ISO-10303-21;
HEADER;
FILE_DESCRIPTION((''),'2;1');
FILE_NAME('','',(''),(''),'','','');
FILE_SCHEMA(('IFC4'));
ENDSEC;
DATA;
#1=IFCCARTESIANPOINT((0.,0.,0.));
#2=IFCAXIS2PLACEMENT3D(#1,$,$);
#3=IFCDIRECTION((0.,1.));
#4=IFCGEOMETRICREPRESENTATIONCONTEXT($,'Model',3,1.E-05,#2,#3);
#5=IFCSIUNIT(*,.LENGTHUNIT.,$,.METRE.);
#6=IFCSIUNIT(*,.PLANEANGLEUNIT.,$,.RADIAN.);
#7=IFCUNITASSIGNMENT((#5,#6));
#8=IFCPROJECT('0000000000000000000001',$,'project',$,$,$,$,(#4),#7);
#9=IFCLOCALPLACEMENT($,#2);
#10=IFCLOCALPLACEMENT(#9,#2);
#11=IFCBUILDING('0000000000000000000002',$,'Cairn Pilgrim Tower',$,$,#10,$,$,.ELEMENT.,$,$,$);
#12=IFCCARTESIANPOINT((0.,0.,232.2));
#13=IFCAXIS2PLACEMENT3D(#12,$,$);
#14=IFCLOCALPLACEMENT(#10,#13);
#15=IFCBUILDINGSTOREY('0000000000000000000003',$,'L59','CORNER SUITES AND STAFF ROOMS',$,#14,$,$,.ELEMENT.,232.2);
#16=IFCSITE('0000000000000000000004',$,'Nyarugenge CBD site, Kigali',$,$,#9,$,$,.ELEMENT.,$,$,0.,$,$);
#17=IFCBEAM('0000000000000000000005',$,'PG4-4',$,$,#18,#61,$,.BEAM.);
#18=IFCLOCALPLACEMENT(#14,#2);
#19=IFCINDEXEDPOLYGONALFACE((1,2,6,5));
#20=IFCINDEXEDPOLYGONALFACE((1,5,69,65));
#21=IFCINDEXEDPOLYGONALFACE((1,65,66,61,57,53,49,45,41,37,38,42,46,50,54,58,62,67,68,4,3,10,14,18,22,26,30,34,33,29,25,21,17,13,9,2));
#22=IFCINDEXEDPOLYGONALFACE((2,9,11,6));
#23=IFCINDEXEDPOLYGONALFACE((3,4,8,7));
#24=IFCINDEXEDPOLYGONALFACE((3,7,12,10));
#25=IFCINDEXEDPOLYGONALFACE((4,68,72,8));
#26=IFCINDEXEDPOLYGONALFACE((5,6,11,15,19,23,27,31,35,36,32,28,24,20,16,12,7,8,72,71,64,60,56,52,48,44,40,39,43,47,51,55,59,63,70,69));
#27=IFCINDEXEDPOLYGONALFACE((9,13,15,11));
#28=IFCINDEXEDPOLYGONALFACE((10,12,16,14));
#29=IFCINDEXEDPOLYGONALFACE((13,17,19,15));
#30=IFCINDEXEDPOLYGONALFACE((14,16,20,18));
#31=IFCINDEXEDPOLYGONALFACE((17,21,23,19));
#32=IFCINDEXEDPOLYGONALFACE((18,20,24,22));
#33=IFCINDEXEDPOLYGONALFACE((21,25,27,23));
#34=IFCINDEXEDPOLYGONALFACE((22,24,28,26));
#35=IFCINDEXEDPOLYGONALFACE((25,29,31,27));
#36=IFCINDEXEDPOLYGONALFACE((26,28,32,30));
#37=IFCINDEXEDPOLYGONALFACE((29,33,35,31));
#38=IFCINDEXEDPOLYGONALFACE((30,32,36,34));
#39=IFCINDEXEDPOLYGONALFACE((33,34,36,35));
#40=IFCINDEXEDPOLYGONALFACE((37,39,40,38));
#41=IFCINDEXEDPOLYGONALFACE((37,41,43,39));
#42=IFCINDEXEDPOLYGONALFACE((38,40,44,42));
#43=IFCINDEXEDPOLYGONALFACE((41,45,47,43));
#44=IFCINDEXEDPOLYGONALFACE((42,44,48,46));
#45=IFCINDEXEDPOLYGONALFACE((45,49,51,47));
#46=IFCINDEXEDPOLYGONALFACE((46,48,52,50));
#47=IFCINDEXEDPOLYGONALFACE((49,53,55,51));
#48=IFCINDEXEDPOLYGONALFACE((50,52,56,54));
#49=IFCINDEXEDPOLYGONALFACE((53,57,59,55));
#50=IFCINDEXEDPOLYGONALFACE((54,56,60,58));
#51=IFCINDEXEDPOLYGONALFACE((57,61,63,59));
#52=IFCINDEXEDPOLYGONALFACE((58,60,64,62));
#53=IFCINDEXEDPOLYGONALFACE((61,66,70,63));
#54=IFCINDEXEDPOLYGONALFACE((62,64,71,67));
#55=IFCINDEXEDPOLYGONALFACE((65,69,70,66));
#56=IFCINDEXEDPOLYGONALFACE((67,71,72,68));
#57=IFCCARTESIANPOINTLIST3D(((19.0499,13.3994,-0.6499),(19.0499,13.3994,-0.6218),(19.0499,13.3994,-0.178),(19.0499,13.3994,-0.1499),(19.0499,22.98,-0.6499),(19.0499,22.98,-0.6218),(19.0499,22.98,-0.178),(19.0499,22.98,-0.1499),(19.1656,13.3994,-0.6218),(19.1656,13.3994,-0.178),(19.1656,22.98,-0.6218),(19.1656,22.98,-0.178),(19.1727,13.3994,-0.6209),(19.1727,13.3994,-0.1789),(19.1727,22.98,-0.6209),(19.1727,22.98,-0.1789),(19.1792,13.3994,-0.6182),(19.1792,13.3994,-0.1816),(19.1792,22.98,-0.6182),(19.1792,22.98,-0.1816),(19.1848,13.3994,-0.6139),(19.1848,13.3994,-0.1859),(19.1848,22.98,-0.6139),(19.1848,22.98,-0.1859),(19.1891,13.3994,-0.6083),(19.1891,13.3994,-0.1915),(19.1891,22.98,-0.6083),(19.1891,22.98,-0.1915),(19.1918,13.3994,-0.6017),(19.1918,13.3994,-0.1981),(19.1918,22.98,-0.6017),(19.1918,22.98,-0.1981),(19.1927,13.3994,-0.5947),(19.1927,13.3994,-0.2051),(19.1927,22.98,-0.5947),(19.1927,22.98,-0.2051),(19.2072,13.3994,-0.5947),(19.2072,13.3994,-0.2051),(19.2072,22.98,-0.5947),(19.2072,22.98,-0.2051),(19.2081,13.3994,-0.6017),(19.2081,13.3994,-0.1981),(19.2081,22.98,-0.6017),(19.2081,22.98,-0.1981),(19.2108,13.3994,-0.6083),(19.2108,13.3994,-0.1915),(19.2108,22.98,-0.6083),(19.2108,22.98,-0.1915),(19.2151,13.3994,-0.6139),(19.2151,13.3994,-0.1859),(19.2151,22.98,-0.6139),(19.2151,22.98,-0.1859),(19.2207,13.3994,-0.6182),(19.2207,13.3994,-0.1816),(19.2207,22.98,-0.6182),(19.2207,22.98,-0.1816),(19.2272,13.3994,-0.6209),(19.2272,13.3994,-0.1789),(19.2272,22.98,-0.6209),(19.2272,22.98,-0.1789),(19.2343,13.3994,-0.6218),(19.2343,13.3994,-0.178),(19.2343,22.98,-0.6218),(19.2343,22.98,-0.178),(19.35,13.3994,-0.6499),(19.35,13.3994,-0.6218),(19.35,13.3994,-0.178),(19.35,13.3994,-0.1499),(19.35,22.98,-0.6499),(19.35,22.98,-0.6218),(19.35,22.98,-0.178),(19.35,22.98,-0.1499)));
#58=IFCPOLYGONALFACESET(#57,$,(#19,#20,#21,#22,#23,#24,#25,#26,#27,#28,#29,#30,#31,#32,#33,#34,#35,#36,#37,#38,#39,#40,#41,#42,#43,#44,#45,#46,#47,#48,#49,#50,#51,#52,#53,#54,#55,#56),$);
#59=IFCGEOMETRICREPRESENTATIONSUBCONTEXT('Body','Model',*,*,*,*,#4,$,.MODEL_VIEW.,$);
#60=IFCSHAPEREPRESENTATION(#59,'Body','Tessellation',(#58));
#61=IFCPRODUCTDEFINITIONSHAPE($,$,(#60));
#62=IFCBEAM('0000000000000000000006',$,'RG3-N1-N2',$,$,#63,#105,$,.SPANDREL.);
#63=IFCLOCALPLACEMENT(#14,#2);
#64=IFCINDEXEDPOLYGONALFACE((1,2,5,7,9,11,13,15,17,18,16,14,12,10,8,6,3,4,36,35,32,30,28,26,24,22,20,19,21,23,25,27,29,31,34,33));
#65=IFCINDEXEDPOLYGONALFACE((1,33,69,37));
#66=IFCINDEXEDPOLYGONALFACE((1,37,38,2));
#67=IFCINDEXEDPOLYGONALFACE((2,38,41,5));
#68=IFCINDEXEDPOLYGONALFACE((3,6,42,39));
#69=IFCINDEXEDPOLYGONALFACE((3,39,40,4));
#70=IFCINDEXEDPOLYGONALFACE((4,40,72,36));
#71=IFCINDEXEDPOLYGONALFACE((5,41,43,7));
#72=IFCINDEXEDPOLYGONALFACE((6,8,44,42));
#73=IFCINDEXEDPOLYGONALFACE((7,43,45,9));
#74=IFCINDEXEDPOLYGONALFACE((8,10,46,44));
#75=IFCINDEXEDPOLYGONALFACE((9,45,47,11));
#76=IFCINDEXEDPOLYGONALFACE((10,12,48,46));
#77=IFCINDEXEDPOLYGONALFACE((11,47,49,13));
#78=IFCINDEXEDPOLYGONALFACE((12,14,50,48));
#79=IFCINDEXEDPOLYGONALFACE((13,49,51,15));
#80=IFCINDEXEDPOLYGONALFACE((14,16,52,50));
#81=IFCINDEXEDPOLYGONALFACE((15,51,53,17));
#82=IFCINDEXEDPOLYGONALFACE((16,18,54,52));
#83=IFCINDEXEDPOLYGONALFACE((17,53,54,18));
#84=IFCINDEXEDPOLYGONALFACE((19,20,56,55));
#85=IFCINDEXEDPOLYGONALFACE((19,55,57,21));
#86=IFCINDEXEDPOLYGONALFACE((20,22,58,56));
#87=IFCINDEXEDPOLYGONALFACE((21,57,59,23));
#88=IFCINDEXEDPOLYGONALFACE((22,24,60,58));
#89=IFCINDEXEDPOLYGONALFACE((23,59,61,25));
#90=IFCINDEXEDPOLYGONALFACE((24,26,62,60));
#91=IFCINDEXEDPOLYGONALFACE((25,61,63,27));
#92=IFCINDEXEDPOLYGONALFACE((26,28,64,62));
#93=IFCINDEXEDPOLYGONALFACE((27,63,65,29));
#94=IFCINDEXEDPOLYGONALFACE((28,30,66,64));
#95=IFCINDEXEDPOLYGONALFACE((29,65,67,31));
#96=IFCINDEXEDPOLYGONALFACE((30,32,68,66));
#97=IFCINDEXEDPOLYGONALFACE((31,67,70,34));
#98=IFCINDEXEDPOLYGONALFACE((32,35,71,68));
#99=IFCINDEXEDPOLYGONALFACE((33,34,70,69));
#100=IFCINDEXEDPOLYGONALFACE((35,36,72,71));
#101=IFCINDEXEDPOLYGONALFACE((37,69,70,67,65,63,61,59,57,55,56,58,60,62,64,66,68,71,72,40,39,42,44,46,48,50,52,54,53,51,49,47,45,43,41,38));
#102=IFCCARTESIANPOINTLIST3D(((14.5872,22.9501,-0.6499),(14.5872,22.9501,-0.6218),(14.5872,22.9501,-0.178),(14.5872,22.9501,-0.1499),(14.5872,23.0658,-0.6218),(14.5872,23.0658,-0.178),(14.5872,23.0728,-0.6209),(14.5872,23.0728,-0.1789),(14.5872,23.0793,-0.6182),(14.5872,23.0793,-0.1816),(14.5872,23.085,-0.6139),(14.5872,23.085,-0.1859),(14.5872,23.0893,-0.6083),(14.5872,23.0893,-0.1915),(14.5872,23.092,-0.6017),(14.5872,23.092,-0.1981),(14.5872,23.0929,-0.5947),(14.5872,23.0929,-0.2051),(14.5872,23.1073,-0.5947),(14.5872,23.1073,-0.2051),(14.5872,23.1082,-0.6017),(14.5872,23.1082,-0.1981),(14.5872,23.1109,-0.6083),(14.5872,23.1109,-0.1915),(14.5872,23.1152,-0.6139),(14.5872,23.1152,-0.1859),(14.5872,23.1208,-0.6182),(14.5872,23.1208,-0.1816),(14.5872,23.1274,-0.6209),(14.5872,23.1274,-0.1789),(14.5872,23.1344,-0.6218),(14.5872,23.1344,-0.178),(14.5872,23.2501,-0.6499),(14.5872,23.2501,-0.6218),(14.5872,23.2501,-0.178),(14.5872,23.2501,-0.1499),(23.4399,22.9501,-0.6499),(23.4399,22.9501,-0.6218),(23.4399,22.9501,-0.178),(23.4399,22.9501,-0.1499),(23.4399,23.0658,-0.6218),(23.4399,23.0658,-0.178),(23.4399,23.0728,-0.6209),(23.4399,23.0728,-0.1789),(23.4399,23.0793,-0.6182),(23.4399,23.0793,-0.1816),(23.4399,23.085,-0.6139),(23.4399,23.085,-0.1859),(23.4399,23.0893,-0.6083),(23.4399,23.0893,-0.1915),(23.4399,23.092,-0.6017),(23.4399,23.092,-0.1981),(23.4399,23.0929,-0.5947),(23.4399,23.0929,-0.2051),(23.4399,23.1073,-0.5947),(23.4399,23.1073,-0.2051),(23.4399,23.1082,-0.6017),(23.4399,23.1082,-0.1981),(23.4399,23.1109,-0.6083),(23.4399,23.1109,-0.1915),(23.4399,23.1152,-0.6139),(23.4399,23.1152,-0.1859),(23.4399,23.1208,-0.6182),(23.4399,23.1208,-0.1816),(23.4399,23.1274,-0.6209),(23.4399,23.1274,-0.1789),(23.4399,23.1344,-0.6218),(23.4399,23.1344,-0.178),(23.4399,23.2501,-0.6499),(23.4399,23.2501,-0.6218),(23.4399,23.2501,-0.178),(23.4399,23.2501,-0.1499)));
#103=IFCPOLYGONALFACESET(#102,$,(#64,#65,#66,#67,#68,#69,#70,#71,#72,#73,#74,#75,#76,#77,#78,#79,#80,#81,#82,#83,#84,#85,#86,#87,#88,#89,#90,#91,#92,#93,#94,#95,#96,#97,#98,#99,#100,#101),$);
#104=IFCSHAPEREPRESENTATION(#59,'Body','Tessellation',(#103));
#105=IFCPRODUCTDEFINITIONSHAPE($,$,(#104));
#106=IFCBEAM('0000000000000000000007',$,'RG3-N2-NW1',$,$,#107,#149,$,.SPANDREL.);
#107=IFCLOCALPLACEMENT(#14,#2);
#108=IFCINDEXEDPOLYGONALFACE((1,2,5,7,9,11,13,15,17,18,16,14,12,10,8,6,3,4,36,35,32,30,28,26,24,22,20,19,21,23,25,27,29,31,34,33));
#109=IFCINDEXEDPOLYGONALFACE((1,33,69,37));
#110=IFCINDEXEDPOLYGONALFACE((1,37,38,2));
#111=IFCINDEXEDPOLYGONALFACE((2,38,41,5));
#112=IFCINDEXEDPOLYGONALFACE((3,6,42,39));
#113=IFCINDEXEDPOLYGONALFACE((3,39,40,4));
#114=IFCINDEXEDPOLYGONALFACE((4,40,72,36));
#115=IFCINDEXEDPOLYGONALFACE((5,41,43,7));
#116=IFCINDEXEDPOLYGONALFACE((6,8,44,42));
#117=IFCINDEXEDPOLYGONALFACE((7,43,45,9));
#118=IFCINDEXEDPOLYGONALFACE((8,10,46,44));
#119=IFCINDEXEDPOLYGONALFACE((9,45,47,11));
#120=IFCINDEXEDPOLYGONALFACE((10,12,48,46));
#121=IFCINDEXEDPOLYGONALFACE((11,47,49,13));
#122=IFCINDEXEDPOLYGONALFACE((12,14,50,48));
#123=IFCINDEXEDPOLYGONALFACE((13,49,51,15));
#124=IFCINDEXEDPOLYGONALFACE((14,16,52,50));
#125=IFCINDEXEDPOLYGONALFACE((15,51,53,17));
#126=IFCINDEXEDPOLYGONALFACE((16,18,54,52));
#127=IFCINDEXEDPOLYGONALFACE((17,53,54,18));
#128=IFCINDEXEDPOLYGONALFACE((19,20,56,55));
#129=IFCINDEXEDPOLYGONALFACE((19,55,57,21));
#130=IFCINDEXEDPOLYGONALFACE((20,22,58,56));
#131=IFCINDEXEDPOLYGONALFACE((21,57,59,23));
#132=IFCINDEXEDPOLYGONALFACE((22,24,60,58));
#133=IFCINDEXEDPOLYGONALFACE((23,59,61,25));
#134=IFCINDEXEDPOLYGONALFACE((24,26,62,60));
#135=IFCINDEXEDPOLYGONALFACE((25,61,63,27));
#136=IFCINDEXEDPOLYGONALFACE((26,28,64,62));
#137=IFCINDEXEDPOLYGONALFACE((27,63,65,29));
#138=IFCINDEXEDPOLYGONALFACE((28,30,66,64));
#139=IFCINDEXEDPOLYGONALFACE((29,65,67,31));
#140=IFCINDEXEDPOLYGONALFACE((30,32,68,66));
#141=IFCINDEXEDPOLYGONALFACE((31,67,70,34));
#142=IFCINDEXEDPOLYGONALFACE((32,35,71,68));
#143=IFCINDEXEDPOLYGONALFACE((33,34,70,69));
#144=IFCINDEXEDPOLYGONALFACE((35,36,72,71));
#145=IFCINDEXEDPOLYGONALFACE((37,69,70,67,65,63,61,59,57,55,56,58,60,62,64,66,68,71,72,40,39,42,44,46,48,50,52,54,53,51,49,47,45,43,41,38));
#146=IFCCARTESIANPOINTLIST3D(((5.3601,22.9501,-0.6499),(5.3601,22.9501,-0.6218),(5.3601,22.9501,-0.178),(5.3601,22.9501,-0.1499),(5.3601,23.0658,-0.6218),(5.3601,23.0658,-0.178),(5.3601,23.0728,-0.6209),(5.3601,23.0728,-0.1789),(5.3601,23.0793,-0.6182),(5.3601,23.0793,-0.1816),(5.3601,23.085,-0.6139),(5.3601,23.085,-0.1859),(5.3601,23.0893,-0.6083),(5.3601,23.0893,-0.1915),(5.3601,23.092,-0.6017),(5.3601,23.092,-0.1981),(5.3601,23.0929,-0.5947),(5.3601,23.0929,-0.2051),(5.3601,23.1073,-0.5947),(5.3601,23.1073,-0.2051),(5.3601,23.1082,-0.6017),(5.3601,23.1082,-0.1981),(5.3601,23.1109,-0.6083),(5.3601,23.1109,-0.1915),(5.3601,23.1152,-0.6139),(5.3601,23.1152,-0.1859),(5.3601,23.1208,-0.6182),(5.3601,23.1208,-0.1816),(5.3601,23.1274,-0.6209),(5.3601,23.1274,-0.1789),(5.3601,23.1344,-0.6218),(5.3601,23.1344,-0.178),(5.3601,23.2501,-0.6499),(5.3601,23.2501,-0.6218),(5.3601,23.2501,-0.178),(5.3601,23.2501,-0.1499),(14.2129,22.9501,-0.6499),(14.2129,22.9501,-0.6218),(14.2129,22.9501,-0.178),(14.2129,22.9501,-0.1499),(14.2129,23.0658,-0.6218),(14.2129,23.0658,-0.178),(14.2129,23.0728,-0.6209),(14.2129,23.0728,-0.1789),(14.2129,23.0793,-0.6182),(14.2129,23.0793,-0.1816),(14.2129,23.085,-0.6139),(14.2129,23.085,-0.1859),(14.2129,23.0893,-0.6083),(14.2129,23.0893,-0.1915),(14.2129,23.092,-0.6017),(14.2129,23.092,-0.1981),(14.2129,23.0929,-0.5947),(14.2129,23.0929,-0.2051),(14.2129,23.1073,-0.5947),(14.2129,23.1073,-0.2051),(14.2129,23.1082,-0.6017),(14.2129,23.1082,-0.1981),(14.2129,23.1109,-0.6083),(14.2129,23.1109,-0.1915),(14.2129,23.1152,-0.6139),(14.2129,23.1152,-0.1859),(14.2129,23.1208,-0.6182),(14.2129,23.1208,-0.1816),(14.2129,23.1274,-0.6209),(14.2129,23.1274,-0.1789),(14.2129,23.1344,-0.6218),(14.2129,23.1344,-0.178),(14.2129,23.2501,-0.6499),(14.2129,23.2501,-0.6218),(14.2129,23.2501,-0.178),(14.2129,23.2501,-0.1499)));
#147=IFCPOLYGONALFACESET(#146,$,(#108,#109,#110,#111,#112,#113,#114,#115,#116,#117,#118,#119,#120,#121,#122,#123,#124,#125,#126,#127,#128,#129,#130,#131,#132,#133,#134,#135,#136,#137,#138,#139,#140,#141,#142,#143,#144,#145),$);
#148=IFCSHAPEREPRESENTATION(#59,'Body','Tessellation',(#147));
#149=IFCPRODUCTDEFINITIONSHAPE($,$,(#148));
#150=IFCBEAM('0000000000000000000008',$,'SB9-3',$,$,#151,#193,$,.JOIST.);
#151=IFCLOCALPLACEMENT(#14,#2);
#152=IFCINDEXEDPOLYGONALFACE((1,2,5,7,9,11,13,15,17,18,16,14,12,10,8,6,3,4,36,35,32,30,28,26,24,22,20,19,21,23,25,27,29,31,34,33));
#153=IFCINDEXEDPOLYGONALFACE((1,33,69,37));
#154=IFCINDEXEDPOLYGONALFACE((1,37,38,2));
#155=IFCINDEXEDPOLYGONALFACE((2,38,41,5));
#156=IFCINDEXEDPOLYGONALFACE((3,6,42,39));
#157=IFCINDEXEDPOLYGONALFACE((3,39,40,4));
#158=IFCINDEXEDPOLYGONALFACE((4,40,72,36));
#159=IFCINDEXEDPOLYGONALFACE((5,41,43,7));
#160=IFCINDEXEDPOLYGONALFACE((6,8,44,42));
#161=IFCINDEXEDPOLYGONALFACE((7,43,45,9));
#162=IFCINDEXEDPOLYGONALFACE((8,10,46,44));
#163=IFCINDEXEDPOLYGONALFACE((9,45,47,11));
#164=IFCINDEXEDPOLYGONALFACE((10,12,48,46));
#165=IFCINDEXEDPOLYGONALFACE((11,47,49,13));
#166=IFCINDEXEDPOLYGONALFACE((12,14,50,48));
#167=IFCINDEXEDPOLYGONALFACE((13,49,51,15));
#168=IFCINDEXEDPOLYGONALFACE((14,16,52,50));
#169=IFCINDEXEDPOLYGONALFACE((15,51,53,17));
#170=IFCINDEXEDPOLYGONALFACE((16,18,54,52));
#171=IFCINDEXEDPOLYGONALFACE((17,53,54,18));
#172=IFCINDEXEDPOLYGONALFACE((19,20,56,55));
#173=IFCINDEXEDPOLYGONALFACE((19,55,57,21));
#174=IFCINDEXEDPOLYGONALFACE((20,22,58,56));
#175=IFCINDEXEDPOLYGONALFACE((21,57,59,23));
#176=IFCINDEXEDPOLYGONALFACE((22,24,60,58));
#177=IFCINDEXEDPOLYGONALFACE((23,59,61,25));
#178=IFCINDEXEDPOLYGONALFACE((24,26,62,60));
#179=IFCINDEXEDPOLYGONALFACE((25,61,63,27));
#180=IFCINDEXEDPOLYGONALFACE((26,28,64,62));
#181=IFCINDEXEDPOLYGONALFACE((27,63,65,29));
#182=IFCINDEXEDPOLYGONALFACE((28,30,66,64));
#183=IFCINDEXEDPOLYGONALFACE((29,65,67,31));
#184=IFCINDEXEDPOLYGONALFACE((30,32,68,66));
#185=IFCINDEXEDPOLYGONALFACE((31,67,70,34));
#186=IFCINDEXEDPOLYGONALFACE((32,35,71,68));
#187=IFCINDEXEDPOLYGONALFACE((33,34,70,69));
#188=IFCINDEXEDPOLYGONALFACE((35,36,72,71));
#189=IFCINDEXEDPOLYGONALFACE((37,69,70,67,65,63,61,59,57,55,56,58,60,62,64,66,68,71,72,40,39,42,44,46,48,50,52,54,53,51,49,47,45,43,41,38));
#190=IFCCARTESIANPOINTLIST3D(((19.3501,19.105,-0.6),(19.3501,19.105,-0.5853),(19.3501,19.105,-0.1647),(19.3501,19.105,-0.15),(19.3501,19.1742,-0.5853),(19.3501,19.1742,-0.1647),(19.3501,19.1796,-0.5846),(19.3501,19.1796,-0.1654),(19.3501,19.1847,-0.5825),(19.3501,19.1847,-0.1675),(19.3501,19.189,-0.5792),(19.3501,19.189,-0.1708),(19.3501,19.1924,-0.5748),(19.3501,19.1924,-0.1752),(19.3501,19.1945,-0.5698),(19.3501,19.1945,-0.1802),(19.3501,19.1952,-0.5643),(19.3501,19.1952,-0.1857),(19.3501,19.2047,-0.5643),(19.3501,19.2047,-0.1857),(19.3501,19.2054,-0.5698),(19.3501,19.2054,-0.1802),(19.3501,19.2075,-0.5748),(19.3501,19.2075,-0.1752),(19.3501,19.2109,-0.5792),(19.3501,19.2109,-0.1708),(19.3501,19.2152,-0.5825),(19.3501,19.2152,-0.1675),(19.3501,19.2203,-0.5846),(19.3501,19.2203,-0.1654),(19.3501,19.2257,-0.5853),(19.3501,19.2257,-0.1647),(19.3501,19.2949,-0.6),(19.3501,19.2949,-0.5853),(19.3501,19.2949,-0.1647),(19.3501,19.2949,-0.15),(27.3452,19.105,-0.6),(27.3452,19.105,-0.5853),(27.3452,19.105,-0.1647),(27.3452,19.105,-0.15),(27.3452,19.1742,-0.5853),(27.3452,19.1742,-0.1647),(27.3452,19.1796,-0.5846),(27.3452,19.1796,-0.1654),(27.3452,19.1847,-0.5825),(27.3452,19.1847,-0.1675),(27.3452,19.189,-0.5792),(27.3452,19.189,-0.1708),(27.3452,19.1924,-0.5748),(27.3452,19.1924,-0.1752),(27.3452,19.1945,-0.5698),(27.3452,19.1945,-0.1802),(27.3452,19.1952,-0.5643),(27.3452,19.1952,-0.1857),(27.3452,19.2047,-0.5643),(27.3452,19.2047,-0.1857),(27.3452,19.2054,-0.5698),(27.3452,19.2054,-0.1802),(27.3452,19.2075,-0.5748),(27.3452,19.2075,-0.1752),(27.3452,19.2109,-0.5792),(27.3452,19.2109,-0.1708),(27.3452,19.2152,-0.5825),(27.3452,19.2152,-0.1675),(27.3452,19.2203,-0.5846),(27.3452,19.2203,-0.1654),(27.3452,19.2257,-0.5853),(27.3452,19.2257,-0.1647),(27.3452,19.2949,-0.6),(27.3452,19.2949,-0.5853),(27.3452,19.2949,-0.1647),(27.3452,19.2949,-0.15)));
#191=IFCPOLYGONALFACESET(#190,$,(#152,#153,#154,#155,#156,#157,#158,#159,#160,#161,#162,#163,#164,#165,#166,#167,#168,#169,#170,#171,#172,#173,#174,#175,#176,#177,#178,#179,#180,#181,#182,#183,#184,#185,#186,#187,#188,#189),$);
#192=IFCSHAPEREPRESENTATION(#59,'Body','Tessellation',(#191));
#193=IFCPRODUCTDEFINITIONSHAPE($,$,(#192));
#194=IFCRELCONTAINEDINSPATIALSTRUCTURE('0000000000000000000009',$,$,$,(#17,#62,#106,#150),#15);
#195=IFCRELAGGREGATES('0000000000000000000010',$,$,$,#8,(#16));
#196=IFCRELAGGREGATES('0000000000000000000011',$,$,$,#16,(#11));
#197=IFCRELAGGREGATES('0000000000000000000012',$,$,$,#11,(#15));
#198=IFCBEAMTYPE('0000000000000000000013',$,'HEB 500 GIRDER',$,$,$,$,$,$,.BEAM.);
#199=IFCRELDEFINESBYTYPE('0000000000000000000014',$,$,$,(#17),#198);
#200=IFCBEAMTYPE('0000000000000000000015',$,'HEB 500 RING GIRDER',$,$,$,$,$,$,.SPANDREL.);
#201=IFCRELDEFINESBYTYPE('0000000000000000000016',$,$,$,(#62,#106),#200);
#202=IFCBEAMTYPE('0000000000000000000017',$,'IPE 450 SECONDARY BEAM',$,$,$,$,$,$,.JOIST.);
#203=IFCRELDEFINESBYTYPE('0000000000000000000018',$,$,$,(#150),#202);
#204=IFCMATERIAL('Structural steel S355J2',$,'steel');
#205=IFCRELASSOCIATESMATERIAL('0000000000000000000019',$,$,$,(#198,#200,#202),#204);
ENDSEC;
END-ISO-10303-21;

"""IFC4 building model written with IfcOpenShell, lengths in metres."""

from ifc_helpers import new_model, si_unit, direction, frame, origin, origin_2d, place, context, subcontext, project, spatial, i_section, extrude, material, material_profile, profile_set, type_object, element, save


model = new_model("IFC4")

# Units and contexts
model_context = context("Model", 3, precision=1e-05, world=origin(), true_north=direction((0.0, 1.0)))
body_context = subcontext(model_context, "Body", "Model", "MODEL_VIEW")
ifc_project = project(units=[si_unit("LENGTHUNIT", "METRE"), si_unit("PLANEANGLEUNIT", "RADIAN")], contexts=[model_context])

# Site, building, storey
site_placement = place(None, origin())
site = spatial("IfcSite", under=ifc_project, at=site_placement, Name="Nyarugenge CBD site, Kigali", CompositionType="ELEMENT", RefElevation=0.0)
building_placement = place(site_placement, origin())
building = spatial("IfcBuilding", under=site, at=building_placement, Name="Cairn Pilgrim Tower", CompositionType="ELEMENT")
storey_placement = place(building_placement, frame((0.0, 0.0, 232.2)))
storey = spatial("IfcBuildingStorey", under=building, at=storey_placement, Name="L59", Description="CORNER SUITES AND STAFF ROOMS", CompositionType="ELEMENT", Elevation=232.2)

# Shared definitions
ifc_material_1 = material(Name="Structural steel S355J2", Category="steel")

# Beams
ifc_material_profile_1 = material_profile(ifc_material_1, i_section(OverallWidth=0.3, OverallDepth=0.5, WebThickness=0.0144, FlangeThickness=0.0281, FilletRadius=0.0271, at=origin_2d()), Name="HEB 500")
ifc_profile_set_1 = profile_set([ifc_material_profile_1], Name="Structural steel S355J2")
beam_type_1 = type_object("IfcBeamType", Name="HEB 500 GIRDER", PredefinedType="BEAM", material=ifc_profile_set_1)
beam_1_placement = place(storey_placement, frame((19.2, 13.3994, -0.3999), z_axis=(0.0, 1.0, 0.0), x_axis=(-1.0, 0.0, 0.0)))
element("IfcBeam", 1, at=beam_1_placement, inside=storey, type_object=beam_type_1, Name="PG4-4", PredefinedType="BEAM", context=body_context, shape_type="SweptSolid", body=[
    extrude(i_section(OverallWidth=0.3, OverallDepth=0.5, WebThickness=0.0144, FlangeThickness=0.0281, FilletRadius=0.0271, at=origin_2d()), origin(), (0.0, 0.0, 1.0), 9.5806),
])
ifc_material_profile_2 = material_profile(ifc_material_1, i_section(OverallWidth=0.3, OverallDepth=0.5, WebThickness=0.0144, FlangeThickness=0.0281, FilletRadius=0.0271, at=origin_2d()), Name="HEB 500")
ifc_profile_set_2 = profile_set([ifc_material_profile_2], Name="Structural steel S355J2")
beam_type_2 = type_object("IfcBeamType", Name="HEB 500 RING GIRDER", PredefinedType="SPANDREL", material=ifc_profile_set_2)
for number, where, z_axis, x_axis, name in (
    (2, (23.4399, 23.1001, -0.3999), (-1.0, 0.0, 0.0), (0.0, -1.0, 0.0), "RG3-N1-N2"),
    (3, (14.2129, 23.1001, -0.3999), (-1.0, 0.0, 0.0), (0.0, -1.0, 0.0), "RG3-N2-NW1"),
):
    element("IfcBeam", number, at=place(storey_placement, frame(where, z_axis=z_axis, x_axis=x_axis)), inside=storey, type_object=beam_type_2, Name=name, PredefinedType="SPANDREL", context=body_context, shape_type="SweptSolid", body=[
        extrude(i_section(OverallWidth=0.3, OverallDepth=0.5, WebThickness=0.0144, FlangeThickness=0.0281, FilletRadius=0.0271, at=origin_2d()), origin(), (0.0, 0.0, 1.0), 8.8528),
    ])
ifc_material_profile_3 = material_profile(ifc_material_1, i_section(OverallWidth=0.1899, OverallDepth=0.45, WebThickness=0.0095, FlangeThickness=0.0146, FilletRadius=0.021, at=origin_2d()), Name="IPE 450")
ifc_profile_set_3 = profile_set([ifc_material_profile_3], Name="Structural steel S355J2")
beam_type_3 = type_object("IfcBeamType", Name="IPE 450 SECONDARY BEAM", PredefinedType="JOIST", material=ifc_profile_set_3)
beam_2_placement = place(storey_placement, frame((19.3501, 19.2, -0.375), z_axis=(1.0, 0.0, 0.0), x_axis=(0.0, 1.0, 0.0)))
element("IfcBeam", 4, at=beam_2_placement, inside=storey, type_object=beam_type_3, Name="SB9-3", PredefinedType="JOIST", context=body_context, shape_type="SweptSolid", body=[
    extrude(i_section(OverallWidth=0.1899, OverallDepth=0.45, WebThickness=0.0095, FlangeThickness=0.0146, FilletRadius=0.021, at=origin_2d()), origin(), (0.0, 0.0, 1.0), 7.9951),
])

save(model, "model.ifc")
